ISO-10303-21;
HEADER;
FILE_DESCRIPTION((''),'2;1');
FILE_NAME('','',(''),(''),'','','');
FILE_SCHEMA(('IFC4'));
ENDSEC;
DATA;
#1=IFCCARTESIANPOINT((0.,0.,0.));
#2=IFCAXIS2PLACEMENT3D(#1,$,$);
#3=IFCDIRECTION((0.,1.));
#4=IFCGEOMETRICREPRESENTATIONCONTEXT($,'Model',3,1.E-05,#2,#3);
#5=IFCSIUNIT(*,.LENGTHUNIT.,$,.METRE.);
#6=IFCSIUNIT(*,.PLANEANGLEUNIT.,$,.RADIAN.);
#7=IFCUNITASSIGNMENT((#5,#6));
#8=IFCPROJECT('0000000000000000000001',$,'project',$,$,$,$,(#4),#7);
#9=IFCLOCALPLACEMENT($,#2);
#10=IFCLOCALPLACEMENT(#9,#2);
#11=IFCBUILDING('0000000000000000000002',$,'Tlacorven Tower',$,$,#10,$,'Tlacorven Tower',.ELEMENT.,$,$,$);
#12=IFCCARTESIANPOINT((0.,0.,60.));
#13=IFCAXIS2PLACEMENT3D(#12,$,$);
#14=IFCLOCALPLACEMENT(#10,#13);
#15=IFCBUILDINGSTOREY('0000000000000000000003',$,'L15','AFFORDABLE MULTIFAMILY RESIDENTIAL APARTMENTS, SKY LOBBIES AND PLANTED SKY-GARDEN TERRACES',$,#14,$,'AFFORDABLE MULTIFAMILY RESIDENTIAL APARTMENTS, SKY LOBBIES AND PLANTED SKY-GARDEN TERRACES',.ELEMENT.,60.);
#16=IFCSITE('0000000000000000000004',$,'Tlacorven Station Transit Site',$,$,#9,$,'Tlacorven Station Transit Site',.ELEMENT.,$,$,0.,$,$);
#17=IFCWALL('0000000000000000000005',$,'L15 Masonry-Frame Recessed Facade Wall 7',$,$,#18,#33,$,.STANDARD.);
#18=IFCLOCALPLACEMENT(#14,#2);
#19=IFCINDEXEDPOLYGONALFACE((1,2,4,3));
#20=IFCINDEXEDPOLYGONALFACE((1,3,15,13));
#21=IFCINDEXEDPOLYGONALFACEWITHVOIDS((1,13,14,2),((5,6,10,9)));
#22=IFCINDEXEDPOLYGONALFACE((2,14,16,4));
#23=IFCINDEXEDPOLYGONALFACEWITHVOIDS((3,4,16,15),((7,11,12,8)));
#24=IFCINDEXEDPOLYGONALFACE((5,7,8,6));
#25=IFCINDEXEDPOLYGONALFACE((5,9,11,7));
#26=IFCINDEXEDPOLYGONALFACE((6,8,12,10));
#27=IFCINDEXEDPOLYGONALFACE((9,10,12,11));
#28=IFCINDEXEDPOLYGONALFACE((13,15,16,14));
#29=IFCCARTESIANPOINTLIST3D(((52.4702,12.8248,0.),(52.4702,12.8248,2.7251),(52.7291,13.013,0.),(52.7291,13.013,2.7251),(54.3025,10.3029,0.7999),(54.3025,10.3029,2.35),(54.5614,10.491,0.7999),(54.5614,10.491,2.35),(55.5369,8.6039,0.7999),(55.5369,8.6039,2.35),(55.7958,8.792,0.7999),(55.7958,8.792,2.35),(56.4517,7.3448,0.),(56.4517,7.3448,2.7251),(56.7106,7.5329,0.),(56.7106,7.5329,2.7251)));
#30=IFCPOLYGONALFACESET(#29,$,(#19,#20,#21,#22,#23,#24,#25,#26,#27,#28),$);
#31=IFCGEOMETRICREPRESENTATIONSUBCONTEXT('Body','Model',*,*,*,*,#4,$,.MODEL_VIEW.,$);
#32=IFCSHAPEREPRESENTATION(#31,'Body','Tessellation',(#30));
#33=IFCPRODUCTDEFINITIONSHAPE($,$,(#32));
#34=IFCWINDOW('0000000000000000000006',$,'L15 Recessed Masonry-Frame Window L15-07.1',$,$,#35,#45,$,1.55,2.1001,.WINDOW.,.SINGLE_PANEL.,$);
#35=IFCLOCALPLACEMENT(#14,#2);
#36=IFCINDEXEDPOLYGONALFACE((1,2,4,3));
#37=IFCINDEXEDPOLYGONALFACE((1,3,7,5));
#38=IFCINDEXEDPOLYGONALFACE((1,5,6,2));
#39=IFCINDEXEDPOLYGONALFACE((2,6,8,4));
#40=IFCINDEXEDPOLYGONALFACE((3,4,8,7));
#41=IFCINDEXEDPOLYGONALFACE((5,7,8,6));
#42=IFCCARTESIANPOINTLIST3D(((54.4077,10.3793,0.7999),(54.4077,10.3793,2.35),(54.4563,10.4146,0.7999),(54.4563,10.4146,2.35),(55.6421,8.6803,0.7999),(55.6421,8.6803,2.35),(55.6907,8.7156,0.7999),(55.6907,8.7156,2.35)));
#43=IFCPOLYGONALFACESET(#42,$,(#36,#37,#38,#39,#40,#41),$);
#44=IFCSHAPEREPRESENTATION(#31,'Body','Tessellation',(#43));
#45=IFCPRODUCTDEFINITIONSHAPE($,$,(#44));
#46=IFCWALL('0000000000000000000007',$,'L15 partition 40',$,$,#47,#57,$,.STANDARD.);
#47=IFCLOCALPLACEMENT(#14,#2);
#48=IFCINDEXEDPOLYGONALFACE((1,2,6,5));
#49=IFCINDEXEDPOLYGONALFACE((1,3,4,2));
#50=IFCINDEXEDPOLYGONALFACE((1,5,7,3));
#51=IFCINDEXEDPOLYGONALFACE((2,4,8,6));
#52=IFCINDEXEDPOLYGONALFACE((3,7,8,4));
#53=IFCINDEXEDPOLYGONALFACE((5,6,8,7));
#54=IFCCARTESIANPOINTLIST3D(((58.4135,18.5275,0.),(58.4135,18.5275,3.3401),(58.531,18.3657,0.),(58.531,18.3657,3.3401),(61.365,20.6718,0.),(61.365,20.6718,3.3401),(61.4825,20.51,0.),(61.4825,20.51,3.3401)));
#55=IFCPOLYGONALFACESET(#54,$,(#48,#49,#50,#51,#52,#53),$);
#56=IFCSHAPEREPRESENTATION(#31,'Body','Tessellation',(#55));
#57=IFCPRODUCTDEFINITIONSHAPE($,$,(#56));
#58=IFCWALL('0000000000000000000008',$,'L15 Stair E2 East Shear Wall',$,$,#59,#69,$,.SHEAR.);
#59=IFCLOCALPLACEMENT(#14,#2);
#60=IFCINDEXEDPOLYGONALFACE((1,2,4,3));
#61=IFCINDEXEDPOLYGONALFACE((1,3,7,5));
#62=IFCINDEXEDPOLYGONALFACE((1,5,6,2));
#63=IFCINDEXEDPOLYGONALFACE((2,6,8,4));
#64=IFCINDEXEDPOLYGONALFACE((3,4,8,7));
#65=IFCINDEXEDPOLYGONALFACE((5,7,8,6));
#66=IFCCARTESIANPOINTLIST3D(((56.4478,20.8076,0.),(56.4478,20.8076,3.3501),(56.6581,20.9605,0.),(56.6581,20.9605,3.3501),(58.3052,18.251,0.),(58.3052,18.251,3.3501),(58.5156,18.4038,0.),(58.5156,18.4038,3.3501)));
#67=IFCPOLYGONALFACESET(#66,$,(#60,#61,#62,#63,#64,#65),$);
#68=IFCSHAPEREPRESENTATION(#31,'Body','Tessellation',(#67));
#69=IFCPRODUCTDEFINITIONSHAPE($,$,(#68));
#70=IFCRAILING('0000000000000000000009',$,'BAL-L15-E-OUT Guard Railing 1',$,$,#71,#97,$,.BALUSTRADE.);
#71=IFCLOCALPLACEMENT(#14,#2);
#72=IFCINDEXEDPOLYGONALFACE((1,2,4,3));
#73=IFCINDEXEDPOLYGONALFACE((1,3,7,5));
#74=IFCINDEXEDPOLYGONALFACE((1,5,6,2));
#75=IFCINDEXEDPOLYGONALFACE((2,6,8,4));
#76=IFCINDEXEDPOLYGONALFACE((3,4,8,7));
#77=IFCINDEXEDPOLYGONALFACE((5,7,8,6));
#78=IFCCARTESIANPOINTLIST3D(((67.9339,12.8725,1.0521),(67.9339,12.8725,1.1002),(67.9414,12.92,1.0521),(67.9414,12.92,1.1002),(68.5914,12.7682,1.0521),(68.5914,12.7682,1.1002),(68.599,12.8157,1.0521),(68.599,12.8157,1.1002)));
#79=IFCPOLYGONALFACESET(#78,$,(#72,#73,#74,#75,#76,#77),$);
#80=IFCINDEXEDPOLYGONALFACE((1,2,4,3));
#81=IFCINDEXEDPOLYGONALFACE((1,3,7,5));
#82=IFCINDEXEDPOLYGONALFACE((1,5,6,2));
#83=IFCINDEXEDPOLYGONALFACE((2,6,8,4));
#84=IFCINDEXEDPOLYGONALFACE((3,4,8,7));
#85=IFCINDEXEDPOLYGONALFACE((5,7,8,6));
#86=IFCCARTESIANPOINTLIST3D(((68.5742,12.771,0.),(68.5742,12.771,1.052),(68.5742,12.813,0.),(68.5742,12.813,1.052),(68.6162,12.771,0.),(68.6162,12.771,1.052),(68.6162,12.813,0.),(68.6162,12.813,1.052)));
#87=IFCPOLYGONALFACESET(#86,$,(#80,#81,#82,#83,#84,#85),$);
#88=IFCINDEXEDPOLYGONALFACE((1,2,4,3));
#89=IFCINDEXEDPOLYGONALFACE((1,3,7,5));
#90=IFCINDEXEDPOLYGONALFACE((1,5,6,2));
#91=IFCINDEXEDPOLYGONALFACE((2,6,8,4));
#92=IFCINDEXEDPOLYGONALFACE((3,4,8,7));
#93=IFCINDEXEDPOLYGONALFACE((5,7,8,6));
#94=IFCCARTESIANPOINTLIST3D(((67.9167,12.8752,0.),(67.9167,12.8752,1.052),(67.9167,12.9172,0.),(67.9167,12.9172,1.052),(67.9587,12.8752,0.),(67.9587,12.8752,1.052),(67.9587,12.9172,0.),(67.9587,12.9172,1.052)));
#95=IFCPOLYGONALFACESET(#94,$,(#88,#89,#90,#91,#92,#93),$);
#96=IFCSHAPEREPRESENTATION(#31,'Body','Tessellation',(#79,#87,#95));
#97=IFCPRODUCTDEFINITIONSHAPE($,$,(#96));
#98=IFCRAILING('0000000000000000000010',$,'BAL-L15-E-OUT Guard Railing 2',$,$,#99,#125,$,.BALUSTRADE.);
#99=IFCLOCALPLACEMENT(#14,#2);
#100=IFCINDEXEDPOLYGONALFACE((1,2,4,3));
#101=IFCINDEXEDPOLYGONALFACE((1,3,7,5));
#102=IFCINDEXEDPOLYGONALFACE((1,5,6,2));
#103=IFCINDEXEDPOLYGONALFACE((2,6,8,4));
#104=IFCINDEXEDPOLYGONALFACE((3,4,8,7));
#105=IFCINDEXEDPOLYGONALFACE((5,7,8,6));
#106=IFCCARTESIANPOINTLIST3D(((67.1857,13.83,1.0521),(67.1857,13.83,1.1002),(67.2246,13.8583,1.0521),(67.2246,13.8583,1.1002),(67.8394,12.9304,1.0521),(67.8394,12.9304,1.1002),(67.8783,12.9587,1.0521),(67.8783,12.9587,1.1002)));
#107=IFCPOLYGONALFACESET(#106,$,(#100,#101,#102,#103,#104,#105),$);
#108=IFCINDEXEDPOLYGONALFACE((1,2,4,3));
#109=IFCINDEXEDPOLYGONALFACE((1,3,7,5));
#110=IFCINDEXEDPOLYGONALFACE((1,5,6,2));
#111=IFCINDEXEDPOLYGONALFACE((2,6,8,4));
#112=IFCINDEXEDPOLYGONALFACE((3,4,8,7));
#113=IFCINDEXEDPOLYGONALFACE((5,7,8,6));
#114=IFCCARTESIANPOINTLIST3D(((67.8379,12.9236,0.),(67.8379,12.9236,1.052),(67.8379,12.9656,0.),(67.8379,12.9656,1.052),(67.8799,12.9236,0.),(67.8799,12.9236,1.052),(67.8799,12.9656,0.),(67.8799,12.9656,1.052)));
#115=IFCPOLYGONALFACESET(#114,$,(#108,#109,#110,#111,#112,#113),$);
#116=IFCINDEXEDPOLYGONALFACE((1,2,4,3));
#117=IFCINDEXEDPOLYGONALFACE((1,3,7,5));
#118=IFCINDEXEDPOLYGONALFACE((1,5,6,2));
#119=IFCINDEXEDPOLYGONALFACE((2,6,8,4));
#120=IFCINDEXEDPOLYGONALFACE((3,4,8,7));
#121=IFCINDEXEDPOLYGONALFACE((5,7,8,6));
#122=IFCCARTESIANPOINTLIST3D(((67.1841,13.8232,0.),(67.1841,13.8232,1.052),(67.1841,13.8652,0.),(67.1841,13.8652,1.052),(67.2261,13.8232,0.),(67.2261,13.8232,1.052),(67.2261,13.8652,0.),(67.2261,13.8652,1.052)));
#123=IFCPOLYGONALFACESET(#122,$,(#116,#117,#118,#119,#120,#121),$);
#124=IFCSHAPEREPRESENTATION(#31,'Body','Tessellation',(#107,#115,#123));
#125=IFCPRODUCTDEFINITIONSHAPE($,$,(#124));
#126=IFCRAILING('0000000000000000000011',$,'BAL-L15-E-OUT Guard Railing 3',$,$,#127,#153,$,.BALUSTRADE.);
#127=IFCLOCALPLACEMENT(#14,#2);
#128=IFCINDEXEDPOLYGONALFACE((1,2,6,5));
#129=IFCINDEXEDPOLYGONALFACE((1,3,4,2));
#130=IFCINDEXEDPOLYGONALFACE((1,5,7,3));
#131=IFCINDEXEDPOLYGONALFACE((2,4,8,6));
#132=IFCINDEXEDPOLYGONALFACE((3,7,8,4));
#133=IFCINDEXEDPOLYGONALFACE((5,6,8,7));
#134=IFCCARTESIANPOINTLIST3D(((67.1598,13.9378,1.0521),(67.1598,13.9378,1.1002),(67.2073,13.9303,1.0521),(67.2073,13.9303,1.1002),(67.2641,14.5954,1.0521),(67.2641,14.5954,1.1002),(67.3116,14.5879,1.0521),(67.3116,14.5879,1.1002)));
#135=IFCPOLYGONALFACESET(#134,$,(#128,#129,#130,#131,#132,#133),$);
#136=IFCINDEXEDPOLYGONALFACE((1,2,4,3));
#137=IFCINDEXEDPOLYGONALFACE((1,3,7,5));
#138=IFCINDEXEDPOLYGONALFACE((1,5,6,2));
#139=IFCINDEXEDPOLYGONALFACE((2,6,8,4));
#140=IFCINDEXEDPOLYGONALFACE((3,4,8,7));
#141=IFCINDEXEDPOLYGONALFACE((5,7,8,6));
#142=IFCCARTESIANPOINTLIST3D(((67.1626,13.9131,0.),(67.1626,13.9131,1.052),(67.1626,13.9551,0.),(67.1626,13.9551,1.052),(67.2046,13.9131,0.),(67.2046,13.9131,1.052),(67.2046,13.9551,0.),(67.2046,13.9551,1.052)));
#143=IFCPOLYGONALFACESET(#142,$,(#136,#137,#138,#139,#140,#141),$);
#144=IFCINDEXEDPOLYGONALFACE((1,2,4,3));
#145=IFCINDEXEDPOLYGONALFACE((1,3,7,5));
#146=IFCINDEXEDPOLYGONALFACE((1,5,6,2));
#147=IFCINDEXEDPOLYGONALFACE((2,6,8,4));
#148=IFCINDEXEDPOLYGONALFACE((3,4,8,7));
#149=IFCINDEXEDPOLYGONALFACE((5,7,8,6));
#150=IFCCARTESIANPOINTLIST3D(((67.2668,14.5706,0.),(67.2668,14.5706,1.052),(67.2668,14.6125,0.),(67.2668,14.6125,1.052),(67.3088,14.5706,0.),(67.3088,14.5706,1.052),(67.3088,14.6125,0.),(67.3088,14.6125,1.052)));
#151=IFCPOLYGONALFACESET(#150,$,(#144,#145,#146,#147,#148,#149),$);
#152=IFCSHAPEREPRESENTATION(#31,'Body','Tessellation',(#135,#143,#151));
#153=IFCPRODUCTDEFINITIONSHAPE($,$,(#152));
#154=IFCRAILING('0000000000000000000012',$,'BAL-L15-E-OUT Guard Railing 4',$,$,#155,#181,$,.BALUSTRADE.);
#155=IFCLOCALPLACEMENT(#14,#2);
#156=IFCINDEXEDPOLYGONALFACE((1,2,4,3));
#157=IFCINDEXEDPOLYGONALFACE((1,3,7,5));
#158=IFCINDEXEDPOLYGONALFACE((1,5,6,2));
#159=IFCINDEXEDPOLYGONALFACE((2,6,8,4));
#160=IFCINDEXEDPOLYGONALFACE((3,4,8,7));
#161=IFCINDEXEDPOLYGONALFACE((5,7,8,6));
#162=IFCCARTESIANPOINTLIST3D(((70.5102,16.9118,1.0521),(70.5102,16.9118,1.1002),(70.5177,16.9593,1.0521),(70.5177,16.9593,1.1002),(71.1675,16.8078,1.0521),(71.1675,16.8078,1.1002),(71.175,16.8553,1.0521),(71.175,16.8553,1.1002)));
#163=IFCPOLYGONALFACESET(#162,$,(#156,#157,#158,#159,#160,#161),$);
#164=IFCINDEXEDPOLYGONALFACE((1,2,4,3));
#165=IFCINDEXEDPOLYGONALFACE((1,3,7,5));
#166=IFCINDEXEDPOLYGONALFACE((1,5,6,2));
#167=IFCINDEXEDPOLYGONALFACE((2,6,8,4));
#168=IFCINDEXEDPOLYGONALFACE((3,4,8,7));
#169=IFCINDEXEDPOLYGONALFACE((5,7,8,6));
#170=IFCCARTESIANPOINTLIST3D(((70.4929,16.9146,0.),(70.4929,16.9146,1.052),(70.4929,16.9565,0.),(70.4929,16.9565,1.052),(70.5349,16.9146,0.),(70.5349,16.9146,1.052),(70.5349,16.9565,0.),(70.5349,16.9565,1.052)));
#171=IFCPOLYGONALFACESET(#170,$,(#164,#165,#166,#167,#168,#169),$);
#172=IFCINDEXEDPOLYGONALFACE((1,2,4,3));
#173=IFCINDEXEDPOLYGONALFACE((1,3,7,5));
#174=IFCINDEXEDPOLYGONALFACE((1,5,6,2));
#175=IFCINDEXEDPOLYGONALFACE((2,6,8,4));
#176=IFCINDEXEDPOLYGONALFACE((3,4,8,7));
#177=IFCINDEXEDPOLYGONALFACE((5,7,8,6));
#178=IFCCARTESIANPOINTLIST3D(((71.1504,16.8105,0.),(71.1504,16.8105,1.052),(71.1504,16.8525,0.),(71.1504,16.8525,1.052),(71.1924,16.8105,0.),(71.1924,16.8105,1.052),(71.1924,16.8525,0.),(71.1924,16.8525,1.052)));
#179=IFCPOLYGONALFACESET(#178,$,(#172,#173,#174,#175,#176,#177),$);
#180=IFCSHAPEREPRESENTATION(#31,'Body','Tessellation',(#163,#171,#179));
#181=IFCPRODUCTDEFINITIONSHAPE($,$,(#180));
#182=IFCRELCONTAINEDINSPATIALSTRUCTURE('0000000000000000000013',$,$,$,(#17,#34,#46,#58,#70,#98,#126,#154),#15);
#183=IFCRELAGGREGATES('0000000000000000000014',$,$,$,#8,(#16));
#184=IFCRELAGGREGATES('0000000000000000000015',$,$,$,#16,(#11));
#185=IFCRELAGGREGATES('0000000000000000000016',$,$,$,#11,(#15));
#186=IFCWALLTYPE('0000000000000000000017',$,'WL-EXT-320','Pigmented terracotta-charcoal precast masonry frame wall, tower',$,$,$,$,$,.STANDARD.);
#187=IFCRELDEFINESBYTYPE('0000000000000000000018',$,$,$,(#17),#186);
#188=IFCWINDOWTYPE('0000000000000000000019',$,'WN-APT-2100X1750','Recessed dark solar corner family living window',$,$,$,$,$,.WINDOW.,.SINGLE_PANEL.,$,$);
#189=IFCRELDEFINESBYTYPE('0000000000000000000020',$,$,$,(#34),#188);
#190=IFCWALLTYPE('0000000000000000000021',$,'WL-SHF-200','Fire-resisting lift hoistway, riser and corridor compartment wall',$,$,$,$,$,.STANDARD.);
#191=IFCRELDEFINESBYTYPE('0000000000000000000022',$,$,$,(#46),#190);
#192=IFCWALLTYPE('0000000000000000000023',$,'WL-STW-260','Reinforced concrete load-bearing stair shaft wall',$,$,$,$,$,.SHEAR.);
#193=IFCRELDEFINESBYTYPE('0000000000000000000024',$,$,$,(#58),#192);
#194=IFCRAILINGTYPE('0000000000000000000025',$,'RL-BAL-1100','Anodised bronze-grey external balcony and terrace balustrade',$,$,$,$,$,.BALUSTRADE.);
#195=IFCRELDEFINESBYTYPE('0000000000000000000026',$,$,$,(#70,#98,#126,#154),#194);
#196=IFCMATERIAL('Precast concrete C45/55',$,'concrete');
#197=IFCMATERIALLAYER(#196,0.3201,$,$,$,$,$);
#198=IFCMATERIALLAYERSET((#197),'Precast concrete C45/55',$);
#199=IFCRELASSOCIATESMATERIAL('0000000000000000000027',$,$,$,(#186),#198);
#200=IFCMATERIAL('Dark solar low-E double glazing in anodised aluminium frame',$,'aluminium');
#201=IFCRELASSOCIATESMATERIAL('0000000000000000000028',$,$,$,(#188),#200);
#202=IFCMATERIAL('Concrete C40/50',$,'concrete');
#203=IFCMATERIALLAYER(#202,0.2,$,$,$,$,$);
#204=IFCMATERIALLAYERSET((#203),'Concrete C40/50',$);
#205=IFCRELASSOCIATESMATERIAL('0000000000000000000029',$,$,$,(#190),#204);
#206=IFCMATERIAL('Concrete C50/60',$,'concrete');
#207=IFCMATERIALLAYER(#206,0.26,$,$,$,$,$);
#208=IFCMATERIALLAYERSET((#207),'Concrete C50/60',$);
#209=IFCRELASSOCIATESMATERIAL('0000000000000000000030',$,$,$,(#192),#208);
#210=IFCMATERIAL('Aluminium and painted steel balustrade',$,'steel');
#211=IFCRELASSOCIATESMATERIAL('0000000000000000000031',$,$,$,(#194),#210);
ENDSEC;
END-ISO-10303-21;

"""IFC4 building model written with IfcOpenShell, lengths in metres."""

from ifc_helpers import new_model, si_unit, direction, frame, frame_2d, origin, origin_2d, place, context, subcontext, project, spatial, rectangle, extrude, source, transform, mapped, material, layer, layer_set, type_object, element, fill, save


model = new_model("IFC4")

# Units and contexts
model_context = context("Model", 3, precision=1e-05, world=origin(), true_north=direction((0.0, 1.0)))
body_context = subcontext(model_context, "Body", "Model", "MODEL_VIEW")
ifc_project = project(units=[si_unit("LENGTHUNIT", "METRE"), si_unit("PLANEANGLEUNIT", "RADIAN")], contexts=[model_context])

# Site, building, storey
site_placement = place(None, origin())
site = spatial("IfcSite", under=ifc_project, at=site_placement, Name="Tlacorven Station Transit Site", LongName="Tlacorven Station Transit Site", CompositionType="ELEMENT", RefElevation=0.0)
building_placement = place(site_placement, origin())
building = spatial("IfcBuilding", under=site, at=building_placement, Name="Tlacorven Tower", LongName="Tlacorven Tower", CompositionType="ELEMENT")
storey_placement = place(building_placement, frame((0.0, 0.0, 60.0)))
storey = spatial("IfcBuildingStorey", under=building, at=storey_placement, Name="L15", Description="AFFORDABLE MULTIFAMILY RESIDENTIAL APARTMENTS, SKY LOBBIES AND PLANTED SKY-GARDEN TERRACES", LongName="AFFORDABLE MULTIFAMILY RESIDENTIAL APARTMENTS, SKY LOBBIES AND PLANTED SKY-GARDEN TERRACES", CompositionType="ELEMENT", Elevation=60.0)

# Shared definitions
ifc_material_1 = material(Name="Precast concrete C45/55", Category="concrete")
ifc_layer_1 = layer(ifc_material_1, 0.3201)
ifc_layer_set_1 = layer_set([ifc_layer_1], Name="Precast concrete C45/55")
wall_type_1 = type_object("IfcWallType", Name="WL-EXT-320", Description="Pigmented terracotta-charcoal precast masonry frame wall, tower", PredefinedType="STANDARD", material=ifc_layer_set_1)
ifc_material_2 = material(Name="Dark solar low-E double glazing in anodised aluminium frame", Category="aluminium")

# Wall, opening, window
wall_1_placement = place(storey_placement, frame((56.5811, 7.439, 0.0), z_axis=(0.0, 0.0, 1.0), x_axis=(-0.587786, 0.809017, 0.0)))
wall_1 = element("IfcWall", 1, at=wall_1_placement, inside=storey, type_object=wall_type_1, Name="L15 Masonry-Frame Recessed Facade Wall 7", PredefinedType="STANDARD", context=body_context, shape_type="SweptSolid", body=[
    extrude(rectangle(XDim=6.7737, YDim=0.3201, at=frame_2d((3.3867, 0.0))), origin(), (0.0, 0.0, 1.0), 2.7251),
])
opening_1_placement = place(wall_1_placement, frame((1.5562, 0.0, 0.8)))
opening_1 = element("IfcOpeningElement", 2, at=opening_1_placement, cuts=wall_1, PredefinedType="OPENING", context=body_context, shape_type="SweptSolid", body=[
    extrude(rectangle(XDim=2.1001, YDim=1.55, at=frame_2d((1.05, 0.7749))), frame((0.0, 0.1699, 0.0), z_axis=(0.0, -1.0, 0.0), x_axis=(1.0, 0.0, 0.0)), (0.0, 0.0, 1.0), 0.3401),
])
window_type_1 = type_object("IfcWindowType", Name="WN-APT-2100X1750", Description="Recessed dark solar corner family living window", PartitioningType="SINGLE_PANEL", PredefinedType="WINDOW", material=ifc_material_2)
shared_shape_1 = source(origin(), body_context, "Body", "SweptSolid", [
    extrude(rectangle(XDim=2.1001, YDim=1.55, at=frame_2d((1.05, 0.7749))), frame((0.0, 0.03, 0.0), z_axis=(0.0, -1.0, 0.0), x_axis=(1.0, 0.0, 0.0)), (0.0, 0.0, 1.0), 0.0601),
])
window_1_placement = place(opening_1_placement, origin())
window_1 = element("IfcWindow", 3, at=window_1_placement, inside=storey, type_object=window_type_1, Name="L15 Recessed Masonry-Frame Window L15-07.1", OverallHeight=1.55, OverallWidth=2.1001, PartitioningType="SINGLE_PANEL", PredefinedType="WINDOW", context=body_context, shape_type="MappedRepresentation", body=[
    mapped(shared_shape_1, transform((0.0, 0.0, 0.0), scale=1.0)),
])
fill(opening_1, window_1)

# Walls
ifc_material_3 = material(Name="Concrete C40/50", Category="concrete")
ifc_layer_2 = layer(ifc_material_3, 0.2)
ifc_layer_set_2 = layer_set([ifc_layer_2], Name="Concrete C40/50")
wall_type_2 = type_object("IfcWallType", Name="WL-SHF-200", Description="Fire-resisting lift hoistway, riser and corridor compartment wall", PredefinedType="STANDARD", material=ifc_layer_set_2)
wall_2_placement = place(storey_placement, frame((58.4722, 18.4465, 0.0), z_axis=(0.0, 0.0, 1.0), x_axis=(0.809022, 0.587778, 0.0)))
element("IfcWall", 4, at=wall_2_placement, inside=storey, type_object=wall_type_2, Name="L15 partition 40", PredefinedType="STANDARD", context=body_context, shape_type="SweptSolid", body=[
    extrude(rectangle(XDim=3.6482, YDim=0.2, at=frame_2d((1.8242, 0.0))), origin(), (0.0, 0.0, 1.0), 3.3401),
])
ifc_material_4 = material(Name="Concrete C50/60", Category="concrete")
ifc_layer_3 = layer(ifc_material_4, 0.26)
ifc_layer_set_3 = layer_set([ifc_layer_3], Name="Concrete C50/60")
wall_type_3 = type_object("IfcWallType", Name="WL-STW-260", Description="Reinforced concrete load-bearing stair shaft wall", PredefinedType="SHEAR", material=ifc_layer_set_3)
wall_3_placement = place(storey_placement, frame((58.4104, 18.3274, 0.0), z_axis=(0.0, 0.0, 1.0), x_axis=(-0.587767, 0.80903, 0.0)))
element("IfcWall", 5, at=wall_3_placement, inside=storey, type_object=wall_type_3, Name="L15 Stair E2 East Shear Wall", PredefinedType="SHEAR", context=body_context, shape_type="SweptSolid", body=[
    extrude(rectangle(XDim=3.1602, YDim=0.26, at=frame_2d((1.5801, 0.0))), origin(), (0.0, 0.0, 1.0), 3.3501),
])

# Railings
ifc_material_5 = material(Name="Aluminium and painted steel balustrade", Category="steel")
railing_type = type_object("IfcRailingType", Name="RL-BAL-1100", Description="Anodised bronze-grey external balcony and terrace balustrade", PredefinedType="BALUSTRADE", material=ifc_material_5)
shared_shape_2 = source(origin(), body_context, "Body", "SweptSolid", [
    extrude(rectangle(XDim=0.0481, YDim=0.0481, at=origin_2d()), frame((0.0, 0.0, 1.0762), z_axis=(-0.987662, 0.156603, 0.0), x_axis=(-0.156603, -0.987662, 0.0)), (0.0, 0.0, 1.0), 0.6658),
    extrude(rectangle(XDim=0.042, YDim=0.042, at=origin_2d()), origin(), (0.0, 0.0, 1.0), 1.052),
    extrude(rectangle(XDim=0.042, YDim=0.042, at=origin_2d()), frame((-0.6575, 0.1042, 0.0)), (0.0, 0.0, 1.0), 1.052),
])
railing_1_placement = place(storey_placement, frame((68.5952, 12.792, 0.0)))
element("IfcRailing", 6, at=railing_1_placement, inside=storey, type_object=railing_type, Name="BAL-L15-E-OUT Guard Railing 1", PredefinedType="BALUSTRADE", context=body_context, shape_type="MappedRepresentation", body=[
    mapped(shared_shape_2, transform((0.0, 0.0, 0.0), scale=1.0)),
])
shared_shape_3 = source(origin(), body_context, "Body", "SweptSolid", [
    extrude(rectangle(XDim=0.0481, YDim=0.0481, at=origin_2d()), frame((0.0, 0.0, 1.0762), z_axis=(-0.587884, 0.808945, 0.0), x_axis=(-0.808945, -0.587884, 0.0)), (0.0, 0.0, 1.0), 1.1121),
    extrude(rectangle(XDim=0.042, YDim=0.042, at=origin_2d()), origin(), (0.0, 0.0, 1.0), 1.052),
    extrude(rectangle(XDim=0.042, YDim=0.042, at=origin_2d()), frame((-0.6538, 0.8997, 0.0)), (0.0, 0.0, 1.0), 1.052),
])
railing_2_placement = place(storey_placement, frame((67.8589, 12.9446, 0.0)))
element("IfcRailing", 7, at=railing_2_placement, inside=storey, type_object=railing_type, Name="BAL-L15-E-OUT Guard Railing 2", PredefinedType="BALUSTRADE", context=body_context, shape_type="MappedRepresentation", body=[
    mapped(shared_shape_3, transform((0.0, 0.0, 0.0), scale=1.0)),
])
shared_shape_4 = source(origin(), body_context, "Body", "SweptSolid", [
    extrude(rectangle(XDim=0.0481, YDim=0.0481, at=origin_2d()), frame((0.0, 0.0, 1.0762), z_axis=(0.156603, 0.987662, 0.0), x_axis=(-0.987662, 0.156603, 0.0)), (0.0, 0.0, 1.0), 0.6658),
    extrude(rectangle(XDim=0.042, YDim=0.042, at=origin_2d()), origin(), (0.0, 0.0, 1.0), 1.052),
    extrude(rectangle(XDim=0.042, YDim=0.042, at=origin_2d()), frame((0.1042, 0.6575, 0.0)), (0.0, 0.0, 1.0), 1.052),
])
railing_3_placement = place(storey_placement, frame((67.1836, 13.9341, 0.0)))
element("IfcRailing", 8, at=railing_3_placement, inside=storey, type_object=railing_type, Name="BAL-L15-E-OUT Guard Railing 3", PredefinedType="BALUSTRADE", context=body_context, shape_type="MappedRepresentation", body=[
    mapped(shared_shape_4, transform((0.0, 0.0, 0.0), scale=1.0)),
])
shared_shape_5 = source(origin(), body_context, "Body", "SweptSolid", [
    extrude(rectangle(XDim=0.0481, YDim=0.0481, at=origin_2d()), frame((0.0, 0.0, 1.0762), z_axis=(0.987718, -0.156245, 0.0), x_axis=(0.156245, 0.987718, 0.0)), (0.0, 0.0, 1.0), 0.6655),
    extrude(rectangle(XDim=0.042, YDim=0.042, at=origin_2d()), origin(), (0.0, 0.0, 1.0), 1.052),
    extrude(rectangle(XDim=0.042, YDim=0.042, at=origin_2d()), frame((0.6575, -0.104, 0.0)), (0.0, 0.0, 1.0), 1.052),
])
railing_4_placement = place(storey_placement, frame((70.5139, 16.9355, 0.0)))
element("IfcRailing", 9, at=railing_4_placement, inside=storey, type_object=railing_type, Name="BAL-L15-E-OUT Guard Railing 4", PredefinedType="BALUSTRADE", context=body_context, shape_type="MappedRepresentation", body=[
    mapped(shared_shape_5, transform((0.0, 0.0, 0.0), scale=1.0)),
])

save(model, "model.ifc")
